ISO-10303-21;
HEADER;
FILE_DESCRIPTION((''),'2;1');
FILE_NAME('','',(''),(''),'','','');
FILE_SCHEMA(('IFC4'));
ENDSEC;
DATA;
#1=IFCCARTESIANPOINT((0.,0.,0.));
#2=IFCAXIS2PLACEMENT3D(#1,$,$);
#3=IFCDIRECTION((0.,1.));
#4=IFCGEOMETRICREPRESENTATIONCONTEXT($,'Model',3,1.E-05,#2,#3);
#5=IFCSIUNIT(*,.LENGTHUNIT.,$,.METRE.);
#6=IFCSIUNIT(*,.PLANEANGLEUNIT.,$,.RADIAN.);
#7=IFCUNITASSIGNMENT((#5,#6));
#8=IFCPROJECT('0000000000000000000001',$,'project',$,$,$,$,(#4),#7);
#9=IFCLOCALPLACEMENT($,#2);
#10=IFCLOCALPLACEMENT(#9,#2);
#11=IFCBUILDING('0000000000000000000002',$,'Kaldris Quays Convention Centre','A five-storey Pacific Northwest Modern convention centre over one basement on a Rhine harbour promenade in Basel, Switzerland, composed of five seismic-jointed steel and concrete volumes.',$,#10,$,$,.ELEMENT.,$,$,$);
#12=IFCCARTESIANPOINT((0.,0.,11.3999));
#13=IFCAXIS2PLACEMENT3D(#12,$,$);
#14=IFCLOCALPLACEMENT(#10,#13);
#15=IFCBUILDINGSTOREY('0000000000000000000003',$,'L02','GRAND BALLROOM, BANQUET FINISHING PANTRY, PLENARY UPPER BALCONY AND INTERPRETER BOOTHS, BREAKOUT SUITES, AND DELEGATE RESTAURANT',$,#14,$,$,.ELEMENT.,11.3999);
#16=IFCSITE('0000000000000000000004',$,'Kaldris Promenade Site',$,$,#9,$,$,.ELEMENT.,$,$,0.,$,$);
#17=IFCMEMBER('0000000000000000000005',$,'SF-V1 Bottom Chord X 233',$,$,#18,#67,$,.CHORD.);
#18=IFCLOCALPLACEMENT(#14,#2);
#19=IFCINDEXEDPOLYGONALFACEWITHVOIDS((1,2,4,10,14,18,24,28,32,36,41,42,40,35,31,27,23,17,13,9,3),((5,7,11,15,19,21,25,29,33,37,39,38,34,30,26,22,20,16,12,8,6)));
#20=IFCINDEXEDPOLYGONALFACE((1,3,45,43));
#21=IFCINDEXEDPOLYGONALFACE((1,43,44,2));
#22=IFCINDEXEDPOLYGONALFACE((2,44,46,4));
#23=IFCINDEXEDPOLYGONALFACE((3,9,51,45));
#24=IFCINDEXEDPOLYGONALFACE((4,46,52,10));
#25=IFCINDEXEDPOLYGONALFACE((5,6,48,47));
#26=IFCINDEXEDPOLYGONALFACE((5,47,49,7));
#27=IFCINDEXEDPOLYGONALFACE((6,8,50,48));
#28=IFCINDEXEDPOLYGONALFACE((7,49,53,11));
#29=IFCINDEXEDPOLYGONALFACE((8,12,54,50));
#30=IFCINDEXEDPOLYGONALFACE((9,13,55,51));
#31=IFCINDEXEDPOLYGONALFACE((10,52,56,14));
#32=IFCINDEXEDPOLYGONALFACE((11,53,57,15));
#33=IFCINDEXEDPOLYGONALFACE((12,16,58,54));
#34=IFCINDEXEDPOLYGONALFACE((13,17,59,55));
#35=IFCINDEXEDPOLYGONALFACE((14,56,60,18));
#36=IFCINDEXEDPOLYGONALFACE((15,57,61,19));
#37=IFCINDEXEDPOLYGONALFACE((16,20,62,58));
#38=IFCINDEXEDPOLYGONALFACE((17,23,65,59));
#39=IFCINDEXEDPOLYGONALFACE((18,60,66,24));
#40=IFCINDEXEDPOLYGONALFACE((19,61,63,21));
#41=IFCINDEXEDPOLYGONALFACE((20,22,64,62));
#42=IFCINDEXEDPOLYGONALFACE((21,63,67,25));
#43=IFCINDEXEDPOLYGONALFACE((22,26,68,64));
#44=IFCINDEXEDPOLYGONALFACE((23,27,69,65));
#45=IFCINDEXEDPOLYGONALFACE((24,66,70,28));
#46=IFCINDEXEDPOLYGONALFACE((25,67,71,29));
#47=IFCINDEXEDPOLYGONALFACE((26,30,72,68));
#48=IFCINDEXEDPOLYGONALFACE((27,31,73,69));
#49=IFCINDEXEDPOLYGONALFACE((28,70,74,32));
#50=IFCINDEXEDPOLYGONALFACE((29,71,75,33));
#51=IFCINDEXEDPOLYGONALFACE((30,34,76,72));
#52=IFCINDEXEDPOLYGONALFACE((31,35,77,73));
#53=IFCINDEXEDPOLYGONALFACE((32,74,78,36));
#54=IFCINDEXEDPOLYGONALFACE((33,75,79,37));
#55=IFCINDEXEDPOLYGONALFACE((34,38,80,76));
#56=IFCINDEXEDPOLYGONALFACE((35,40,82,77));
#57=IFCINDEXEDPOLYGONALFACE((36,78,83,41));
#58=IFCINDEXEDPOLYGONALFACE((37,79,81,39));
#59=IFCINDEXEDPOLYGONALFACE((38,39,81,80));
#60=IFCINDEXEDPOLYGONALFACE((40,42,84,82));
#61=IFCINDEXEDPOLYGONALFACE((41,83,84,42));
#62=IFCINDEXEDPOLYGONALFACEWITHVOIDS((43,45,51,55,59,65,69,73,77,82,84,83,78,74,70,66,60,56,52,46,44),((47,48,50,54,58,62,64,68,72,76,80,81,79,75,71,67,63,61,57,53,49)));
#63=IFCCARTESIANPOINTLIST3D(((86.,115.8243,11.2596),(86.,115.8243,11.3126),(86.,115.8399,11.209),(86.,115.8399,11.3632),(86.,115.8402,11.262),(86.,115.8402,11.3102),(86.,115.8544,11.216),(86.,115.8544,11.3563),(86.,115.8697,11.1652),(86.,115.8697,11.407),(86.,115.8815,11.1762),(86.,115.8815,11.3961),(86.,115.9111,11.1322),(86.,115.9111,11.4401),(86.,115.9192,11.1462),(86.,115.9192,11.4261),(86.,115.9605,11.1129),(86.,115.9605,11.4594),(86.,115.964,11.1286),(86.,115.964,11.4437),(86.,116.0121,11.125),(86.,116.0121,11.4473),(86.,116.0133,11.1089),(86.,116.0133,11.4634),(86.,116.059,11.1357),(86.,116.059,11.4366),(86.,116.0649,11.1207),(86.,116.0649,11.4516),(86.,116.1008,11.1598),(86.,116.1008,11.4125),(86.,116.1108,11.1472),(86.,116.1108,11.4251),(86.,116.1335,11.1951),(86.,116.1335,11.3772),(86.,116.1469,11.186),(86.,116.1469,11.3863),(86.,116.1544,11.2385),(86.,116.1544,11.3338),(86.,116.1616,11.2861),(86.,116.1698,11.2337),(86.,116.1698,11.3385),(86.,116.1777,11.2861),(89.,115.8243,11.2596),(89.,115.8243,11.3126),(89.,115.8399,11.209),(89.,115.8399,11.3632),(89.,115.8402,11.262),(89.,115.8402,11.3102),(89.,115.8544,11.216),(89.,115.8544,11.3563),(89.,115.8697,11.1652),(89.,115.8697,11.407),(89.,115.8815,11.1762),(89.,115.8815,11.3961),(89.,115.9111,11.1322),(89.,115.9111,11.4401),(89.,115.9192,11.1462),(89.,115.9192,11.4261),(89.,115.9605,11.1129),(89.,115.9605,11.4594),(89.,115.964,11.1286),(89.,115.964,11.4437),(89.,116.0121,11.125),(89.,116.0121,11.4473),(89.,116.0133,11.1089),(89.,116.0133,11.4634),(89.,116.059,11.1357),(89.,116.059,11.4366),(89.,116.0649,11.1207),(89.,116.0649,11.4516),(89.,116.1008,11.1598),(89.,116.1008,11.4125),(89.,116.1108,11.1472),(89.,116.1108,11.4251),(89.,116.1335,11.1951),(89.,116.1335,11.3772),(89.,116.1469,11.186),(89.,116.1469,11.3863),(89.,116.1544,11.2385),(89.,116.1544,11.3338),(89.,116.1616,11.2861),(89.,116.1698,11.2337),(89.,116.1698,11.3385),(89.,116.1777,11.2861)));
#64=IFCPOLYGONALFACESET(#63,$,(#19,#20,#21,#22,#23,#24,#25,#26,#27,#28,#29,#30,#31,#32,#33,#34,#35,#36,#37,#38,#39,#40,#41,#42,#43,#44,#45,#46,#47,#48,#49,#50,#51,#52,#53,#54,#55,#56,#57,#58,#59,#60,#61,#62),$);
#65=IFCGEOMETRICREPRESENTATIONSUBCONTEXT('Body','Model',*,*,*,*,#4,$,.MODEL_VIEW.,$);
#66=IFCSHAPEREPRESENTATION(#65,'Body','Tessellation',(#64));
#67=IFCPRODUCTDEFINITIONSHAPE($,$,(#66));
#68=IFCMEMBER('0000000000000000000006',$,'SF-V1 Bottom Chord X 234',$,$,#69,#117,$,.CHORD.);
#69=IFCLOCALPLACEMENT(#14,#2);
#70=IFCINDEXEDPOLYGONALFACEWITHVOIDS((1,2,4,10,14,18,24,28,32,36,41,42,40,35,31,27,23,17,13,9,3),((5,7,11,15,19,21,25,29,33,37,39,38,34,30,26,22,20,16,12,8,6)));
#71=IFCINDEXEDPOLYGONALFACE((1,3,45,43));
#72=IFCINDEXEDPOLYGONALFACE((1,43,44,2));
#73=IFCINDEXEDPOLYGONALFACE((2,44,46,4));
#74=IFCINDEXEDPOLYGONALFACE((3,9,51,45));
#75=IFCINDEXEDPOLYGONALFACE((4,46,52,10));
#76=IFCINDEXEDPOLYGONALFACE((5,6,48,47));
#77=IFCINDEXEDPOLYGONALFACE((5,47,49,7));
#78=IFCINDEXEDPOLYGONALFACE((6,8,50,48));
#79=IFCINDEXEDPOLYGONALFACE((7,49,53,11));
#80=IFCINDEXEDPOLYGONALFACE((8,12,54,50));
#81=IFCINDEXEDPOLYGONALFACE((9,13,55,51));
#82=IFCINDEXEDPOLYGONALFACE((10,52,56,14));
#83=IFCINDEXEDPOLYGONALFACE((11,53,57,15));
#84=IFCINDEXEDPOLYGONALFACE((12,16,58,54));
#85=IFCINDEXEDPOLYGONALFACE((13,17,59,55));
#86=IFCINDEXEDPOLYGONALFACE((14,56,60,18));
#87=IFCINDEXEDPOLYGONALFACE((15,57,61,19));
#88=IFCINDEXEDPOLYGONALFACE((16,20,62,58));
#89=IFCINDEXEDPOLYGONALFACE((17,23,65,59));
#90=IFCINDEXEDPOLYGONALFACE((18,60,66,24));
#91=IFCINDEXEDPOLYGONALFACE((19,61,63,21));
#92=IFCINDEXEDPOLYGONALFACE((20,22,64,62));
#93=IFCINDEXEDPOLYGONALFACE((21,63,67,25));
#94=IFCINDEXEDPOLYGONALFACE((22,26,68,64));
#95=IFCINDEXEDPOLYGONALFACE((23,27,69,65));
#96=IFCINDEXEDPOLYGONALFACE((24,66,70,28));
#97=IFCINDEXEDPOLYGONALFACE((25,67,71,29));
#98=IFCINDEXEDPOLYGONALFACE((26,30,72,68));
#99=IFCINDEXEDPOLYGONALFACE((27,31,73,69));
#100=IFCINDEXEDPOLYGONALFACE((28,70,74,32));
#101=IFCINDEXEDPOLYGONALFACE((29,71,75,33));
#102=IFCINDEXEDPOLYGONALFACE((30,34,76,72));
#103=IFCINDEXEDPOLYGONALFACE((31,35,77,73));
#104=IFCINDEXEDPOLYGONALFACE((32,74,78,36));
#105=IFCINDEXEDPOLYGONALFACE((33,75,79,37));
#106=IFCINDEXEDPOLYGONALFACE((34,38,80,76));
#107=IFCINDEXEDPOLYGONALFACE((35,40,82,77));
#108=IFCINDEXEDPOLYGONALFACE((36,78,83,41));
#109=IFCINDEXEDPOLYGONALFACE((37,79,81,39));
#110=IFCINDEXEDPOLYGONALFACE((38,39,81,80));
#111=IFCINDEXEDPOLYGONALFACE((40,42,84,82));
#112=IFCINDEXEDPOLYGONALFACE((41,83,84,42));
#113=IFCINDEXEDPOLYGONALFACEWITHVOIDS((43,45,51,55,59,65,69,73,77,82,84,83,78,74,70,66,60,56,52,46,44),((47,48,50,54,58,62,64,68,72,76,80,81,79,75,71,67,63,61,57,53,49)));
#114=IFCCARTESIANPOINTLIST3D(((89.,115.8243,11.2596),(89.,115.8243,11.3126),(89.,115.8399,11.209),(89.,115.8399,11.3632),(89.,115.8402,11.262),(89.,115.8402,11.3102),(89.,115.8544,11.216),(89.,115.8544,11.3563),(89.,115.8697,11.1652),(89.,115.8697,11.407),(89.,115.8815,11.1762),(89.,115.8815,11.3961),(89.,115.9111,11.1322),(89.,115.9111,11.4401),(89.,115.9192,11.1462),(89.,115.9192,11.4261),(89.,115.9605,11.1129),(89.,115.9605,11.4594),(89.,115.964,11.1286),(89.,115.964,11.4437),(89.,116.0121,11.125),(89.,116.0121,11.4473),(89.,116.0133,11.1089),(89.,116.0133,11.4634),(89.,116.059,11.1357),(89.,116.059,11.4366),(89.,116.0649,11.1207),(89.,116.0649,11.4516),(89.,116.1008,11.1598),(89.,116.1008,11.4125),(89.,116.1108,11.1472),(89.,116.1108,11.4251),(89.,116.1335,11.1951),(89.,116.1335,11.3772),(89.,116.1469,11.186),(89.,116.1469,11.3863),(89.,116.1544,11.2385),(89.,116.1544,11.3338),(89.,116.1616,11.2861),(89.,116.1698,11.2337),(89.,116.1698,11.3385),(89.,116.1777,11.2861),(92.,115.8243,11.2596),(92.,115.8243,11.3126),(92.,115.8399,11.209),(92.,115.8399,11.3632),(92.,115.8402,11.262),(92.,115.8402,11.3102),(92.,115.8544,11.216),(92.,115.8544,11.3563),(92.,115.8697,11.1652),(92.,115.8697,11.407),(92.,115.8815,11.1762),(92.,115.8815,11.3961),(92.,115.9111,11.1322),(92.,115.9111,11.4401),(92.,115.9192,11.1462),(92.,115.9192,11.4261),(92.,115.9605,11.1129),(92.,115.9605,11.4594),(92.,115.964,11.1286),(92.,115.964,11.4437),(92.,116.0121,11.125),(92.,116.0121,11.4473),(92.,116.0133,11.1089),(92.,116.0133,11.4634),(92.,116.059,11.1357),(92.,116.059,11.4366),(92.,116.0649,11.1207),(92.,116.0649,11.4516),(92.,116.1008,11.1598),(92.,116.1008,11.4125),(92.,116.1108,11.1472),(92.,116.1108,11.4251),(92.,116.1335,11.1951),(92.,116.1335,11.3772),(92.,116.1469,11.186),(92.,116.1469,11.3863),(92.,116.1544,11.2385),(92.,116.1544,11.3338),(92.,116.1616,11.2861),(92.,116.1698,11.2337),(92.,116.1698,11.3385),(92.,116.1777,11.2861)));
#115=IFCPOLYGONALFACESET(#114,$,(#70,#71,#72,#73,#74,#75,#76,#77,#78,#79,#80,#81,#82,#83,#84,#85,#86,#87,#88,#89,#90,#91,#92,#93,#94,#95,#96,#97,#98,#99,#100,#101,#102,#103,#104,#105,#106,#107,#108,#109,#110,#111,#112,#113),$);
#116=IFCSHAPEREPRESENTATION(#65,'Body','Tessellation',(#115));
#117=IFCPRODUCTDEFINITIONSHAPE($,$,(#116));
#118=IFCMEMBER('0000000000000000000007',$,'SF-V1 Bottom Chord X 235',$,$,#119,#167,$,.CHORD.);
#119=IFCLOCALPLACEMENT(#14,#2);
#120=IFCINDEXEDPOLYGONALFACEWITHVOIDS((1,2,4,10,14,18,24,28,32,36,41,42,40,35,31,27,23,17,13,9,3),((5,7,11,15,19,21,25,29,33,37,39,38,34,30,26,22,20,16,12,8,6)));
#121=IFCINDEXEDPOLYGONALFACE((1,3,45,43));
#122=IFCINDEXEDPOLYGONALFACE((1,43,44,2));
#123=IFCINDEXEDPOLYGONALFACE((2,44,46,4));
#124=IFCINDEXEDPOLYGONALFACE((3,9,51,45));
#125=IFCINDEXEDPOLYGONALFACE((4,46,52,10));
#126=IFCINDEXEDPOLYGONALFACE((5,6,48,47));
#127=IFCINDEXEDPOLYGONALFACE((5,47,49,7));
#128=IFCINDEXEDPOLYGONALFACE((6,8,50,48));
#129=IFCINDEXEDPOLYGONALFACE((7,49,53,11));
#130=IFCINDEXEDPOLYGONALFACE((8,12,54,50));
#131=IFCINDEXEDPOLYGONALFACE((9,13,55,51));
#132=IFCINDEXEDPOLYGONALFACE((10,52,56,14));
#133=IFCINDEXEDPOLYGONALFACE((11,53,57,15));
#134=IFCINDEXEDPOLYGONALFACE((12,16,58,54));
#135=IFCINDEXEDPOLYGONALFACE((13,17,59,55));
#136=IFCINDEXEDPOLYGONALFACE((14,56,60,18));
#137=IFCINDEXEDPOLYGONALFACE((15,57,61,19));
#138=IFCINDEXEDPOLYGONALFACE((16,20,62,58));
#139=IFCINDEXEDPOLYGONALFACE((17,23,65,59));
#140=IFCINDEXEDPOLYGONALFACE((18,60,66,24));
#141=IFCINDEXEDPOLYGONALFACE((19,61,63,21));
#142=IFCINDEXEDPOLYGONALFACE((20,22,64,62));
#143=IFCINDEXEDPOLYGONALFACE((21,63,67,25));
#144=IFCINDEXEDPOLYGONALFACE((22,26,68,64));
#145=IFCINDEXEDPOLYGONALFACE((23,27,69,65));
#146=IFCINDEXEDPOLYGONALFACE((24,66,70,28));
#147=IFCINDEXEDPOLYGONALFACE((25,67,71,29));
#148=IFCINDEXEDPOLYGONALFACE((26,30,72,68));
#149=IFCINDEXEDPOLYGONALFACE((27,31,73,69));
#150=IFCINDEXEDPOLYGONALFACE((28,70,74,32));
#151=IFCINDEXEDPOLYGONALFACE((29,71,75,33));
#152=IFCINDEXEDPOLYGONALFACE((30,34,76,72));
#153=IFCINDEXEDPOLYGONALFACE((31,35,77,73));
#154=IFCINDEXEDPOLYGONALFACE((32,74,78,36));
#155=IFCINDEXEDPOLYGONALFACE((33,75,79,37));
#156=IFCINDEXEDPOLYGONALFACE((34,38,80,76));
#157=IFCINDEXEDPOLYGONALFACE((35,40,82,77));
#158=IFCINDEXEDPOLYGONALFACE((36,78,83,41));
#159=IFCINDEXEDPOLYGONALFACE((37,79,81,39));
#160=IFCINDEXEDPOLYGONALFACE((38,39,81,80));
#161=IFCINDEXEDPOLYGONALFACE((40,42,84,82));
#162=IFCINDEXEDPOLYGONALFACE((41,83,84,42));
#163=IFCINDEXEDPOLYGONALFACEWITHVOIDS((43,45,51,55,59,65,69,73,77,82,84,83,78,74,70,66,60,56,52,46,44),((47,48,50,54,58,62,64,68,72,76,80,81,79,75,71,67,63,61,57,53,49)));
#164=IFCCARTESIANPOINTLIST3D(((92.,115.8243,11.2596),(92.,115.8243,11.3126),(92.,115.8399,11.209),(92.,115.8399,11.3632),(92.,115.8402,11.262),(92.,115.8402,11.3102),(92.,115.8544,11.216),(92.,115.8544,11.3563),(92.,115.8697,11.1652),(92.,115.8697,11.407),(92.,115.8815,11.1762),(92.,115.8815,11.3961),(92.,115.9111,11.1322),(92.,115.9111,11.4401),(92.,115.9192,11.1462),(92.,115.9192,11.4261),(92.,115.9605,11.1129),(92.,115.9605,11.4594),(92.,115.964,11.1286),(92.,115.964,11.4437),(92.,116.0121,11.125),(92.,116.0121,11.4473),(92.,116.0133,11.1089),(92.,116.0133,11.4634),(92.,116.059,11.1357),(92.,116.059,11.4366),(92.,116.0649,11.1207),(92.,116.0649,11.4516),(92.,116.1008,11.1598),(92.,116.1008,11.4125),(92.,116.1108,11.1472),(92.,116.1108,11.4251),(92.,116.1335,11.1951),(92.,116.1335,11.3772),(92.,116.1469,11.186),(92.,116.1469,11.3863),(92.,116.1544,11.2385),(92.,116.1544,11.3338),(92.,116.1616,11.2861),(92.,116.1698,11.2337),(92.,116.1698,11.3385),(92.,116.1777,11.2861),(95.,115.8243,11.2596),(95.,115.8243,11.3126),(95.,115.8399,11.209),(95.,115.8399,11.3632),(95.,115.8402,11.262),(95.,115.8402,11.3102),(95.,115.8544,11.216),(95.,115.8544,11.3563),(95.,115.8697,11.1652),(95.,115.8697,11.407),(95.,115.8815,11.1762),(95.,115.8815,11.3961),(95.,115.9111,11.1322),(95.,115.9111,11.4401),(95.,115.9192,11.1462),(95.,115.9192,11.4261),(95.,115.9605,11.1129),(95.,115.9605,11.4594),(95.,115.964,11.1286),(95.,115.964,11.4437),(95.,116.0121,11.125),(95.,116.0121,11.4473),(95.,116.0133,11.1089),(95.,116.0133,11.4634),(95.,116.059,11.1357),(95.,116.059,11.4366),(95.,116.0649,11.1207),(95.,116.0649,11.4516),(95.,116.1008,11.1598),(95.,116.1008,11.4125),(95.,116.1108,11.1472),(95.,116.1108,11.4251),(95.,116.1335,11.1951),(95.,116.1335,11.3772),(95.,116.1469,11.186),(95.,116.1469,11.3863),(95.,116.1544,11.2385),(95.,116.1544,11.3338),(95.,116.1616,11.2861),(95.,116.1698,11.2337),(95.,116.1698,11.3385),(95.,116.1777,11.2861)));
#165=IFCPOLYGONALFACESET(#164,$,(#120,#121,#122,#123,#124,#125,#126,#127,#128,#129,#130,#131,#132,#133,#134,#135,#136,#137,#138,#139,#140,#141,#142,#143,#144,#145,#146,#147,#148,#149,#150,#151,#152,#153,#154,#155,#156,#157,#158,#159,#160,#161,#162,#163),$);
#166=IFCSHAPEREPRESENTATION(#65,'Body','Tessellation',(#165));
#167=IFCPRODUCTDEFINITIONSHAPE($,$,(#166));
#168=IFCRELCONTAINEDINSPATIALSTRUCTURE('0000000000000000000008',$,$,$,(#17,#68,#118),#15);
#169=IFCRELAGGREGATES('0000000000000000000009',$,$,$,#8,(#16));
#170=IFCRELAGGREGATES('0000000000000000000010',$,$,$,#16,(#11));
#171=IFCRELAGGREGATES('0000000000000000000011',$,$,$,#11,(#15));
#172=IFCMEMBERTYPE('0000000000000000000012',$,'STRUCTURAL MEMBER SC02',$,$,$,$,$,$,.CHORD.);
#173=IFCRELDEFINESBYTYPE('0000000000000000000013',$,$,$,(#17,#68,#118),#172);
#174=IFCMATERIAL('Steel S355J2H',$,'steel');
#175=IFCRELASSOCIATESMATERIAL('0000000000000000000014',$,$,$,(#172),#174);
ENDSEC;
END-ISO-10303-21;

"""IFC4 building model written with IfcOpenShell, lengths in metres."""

from ifc_helpers import new_model, si_unit, direction, frame, origin, origin_2d, place, context, subcontext, project, spatial, hollow_circle, extrude, material, material_profile, profile_set, type_object, element, save


model = new_model("IFC4")

# Units and contexts
model_context = context("Model", 3, precision=1e-05, world=origin(), true_north=direction((0.0, 1.0)))
body_context = subcontext(model_context, "Body", "Model", "MODEL_VIEW")
ifc_project = project(units=[si_unit("LENGTHUNIT", "METRE"), si_unit("PLANEANGLEUNIT", "RADIAN")], contexts=[model_context])

# Site, building, storey
site_placement = place(None, origin())
site = spatial("IfcSite", under=ifc_project, at=site_placement, Name="Kaldris Promenade Site", CompositionType="ELEMENT", RefElevation=0.0)
building_placement = place(site_placement, origin())
building = spatial("IfcBuilding", under=site, at=building_placement, Name="Kaldris Quays Convention Centre", Description="A five-storey Pacific Northwest Modern convention centre over one basement on a Rhine harbour promenade in Basel, Switzerland, composed of five seismic-jointed steel and concrete volumes.", CompositionType="ELEMENT")
storey_placement = place(building_placement, frame((0.0, 0.0, 11.3999)))
storey = spatial("IfcBuildingStorey", under=building, at=storey_placement, Name="L02", Description="GRAND BALLROOM, BANQUET FINISHING PANTRY, PLENARY UPPER BALCONY AND INTERPRETER BOOTHS, BREAKOUT SUITES, AND DELEGATE RESTAURANT", CompositionType="ELEMENT", Elevation=11.3999)

# Members
ifc_material_1 = material(Name="Steel S355J2H", Category="steel")
ifc_material_profile_1 = material_profile(ifc_material_1, hollow_circle(Radius=0.1777, WallThickness=0.0161, at=origin_2d()), Name="CHS 355.6x16")
ifc_profile_set_1 = profile_set([ifc_material_profile_1], Name="Steel S355J2H")
member_type_1 = type_object("IfcMemberType", Name="STRUCTURAL MEMBER SC02", PredefinedType="CHORD", material=ifc_profile_set_1)
for number, where, z_axis, x_axis, name in (
    (1, (86.0, 116.0, 11.2861), (1.0, 0.0, 0.0), (0.0, 1.0, 0.0), "SF-V1 Bottom Chord X 233"),
    (2, (89.0, 116.0, 11.2861), (1.0, 0.0, 0.0), (0.0, 1.0, 0.0), "SF-V1 Bottom Chord X 234"),
    (3, (92.0, 116.0, 11.2861), (1.0, 0.0, 0.0), (0.0, 1.0, 0.0), "SF-V1 Bottom Chord X 235"),
):
    element("IfcMember", number, at=place(storey_placement, frame(where, z_axis=z_axis, x_axis=x_axis)), inside=storey, type_object=member_type_1, Name=name, PredefinedType="CHORD", context=body_context, shape_type="SweptSolid", body=[
        extrude(hollow_circle(Radius=0.1777, WallThickness=0.0161, at=origin_2d()), origin(), (0.0, 0.0, 1.0), 3.0),
    ])

save(model, "model.ifc")
